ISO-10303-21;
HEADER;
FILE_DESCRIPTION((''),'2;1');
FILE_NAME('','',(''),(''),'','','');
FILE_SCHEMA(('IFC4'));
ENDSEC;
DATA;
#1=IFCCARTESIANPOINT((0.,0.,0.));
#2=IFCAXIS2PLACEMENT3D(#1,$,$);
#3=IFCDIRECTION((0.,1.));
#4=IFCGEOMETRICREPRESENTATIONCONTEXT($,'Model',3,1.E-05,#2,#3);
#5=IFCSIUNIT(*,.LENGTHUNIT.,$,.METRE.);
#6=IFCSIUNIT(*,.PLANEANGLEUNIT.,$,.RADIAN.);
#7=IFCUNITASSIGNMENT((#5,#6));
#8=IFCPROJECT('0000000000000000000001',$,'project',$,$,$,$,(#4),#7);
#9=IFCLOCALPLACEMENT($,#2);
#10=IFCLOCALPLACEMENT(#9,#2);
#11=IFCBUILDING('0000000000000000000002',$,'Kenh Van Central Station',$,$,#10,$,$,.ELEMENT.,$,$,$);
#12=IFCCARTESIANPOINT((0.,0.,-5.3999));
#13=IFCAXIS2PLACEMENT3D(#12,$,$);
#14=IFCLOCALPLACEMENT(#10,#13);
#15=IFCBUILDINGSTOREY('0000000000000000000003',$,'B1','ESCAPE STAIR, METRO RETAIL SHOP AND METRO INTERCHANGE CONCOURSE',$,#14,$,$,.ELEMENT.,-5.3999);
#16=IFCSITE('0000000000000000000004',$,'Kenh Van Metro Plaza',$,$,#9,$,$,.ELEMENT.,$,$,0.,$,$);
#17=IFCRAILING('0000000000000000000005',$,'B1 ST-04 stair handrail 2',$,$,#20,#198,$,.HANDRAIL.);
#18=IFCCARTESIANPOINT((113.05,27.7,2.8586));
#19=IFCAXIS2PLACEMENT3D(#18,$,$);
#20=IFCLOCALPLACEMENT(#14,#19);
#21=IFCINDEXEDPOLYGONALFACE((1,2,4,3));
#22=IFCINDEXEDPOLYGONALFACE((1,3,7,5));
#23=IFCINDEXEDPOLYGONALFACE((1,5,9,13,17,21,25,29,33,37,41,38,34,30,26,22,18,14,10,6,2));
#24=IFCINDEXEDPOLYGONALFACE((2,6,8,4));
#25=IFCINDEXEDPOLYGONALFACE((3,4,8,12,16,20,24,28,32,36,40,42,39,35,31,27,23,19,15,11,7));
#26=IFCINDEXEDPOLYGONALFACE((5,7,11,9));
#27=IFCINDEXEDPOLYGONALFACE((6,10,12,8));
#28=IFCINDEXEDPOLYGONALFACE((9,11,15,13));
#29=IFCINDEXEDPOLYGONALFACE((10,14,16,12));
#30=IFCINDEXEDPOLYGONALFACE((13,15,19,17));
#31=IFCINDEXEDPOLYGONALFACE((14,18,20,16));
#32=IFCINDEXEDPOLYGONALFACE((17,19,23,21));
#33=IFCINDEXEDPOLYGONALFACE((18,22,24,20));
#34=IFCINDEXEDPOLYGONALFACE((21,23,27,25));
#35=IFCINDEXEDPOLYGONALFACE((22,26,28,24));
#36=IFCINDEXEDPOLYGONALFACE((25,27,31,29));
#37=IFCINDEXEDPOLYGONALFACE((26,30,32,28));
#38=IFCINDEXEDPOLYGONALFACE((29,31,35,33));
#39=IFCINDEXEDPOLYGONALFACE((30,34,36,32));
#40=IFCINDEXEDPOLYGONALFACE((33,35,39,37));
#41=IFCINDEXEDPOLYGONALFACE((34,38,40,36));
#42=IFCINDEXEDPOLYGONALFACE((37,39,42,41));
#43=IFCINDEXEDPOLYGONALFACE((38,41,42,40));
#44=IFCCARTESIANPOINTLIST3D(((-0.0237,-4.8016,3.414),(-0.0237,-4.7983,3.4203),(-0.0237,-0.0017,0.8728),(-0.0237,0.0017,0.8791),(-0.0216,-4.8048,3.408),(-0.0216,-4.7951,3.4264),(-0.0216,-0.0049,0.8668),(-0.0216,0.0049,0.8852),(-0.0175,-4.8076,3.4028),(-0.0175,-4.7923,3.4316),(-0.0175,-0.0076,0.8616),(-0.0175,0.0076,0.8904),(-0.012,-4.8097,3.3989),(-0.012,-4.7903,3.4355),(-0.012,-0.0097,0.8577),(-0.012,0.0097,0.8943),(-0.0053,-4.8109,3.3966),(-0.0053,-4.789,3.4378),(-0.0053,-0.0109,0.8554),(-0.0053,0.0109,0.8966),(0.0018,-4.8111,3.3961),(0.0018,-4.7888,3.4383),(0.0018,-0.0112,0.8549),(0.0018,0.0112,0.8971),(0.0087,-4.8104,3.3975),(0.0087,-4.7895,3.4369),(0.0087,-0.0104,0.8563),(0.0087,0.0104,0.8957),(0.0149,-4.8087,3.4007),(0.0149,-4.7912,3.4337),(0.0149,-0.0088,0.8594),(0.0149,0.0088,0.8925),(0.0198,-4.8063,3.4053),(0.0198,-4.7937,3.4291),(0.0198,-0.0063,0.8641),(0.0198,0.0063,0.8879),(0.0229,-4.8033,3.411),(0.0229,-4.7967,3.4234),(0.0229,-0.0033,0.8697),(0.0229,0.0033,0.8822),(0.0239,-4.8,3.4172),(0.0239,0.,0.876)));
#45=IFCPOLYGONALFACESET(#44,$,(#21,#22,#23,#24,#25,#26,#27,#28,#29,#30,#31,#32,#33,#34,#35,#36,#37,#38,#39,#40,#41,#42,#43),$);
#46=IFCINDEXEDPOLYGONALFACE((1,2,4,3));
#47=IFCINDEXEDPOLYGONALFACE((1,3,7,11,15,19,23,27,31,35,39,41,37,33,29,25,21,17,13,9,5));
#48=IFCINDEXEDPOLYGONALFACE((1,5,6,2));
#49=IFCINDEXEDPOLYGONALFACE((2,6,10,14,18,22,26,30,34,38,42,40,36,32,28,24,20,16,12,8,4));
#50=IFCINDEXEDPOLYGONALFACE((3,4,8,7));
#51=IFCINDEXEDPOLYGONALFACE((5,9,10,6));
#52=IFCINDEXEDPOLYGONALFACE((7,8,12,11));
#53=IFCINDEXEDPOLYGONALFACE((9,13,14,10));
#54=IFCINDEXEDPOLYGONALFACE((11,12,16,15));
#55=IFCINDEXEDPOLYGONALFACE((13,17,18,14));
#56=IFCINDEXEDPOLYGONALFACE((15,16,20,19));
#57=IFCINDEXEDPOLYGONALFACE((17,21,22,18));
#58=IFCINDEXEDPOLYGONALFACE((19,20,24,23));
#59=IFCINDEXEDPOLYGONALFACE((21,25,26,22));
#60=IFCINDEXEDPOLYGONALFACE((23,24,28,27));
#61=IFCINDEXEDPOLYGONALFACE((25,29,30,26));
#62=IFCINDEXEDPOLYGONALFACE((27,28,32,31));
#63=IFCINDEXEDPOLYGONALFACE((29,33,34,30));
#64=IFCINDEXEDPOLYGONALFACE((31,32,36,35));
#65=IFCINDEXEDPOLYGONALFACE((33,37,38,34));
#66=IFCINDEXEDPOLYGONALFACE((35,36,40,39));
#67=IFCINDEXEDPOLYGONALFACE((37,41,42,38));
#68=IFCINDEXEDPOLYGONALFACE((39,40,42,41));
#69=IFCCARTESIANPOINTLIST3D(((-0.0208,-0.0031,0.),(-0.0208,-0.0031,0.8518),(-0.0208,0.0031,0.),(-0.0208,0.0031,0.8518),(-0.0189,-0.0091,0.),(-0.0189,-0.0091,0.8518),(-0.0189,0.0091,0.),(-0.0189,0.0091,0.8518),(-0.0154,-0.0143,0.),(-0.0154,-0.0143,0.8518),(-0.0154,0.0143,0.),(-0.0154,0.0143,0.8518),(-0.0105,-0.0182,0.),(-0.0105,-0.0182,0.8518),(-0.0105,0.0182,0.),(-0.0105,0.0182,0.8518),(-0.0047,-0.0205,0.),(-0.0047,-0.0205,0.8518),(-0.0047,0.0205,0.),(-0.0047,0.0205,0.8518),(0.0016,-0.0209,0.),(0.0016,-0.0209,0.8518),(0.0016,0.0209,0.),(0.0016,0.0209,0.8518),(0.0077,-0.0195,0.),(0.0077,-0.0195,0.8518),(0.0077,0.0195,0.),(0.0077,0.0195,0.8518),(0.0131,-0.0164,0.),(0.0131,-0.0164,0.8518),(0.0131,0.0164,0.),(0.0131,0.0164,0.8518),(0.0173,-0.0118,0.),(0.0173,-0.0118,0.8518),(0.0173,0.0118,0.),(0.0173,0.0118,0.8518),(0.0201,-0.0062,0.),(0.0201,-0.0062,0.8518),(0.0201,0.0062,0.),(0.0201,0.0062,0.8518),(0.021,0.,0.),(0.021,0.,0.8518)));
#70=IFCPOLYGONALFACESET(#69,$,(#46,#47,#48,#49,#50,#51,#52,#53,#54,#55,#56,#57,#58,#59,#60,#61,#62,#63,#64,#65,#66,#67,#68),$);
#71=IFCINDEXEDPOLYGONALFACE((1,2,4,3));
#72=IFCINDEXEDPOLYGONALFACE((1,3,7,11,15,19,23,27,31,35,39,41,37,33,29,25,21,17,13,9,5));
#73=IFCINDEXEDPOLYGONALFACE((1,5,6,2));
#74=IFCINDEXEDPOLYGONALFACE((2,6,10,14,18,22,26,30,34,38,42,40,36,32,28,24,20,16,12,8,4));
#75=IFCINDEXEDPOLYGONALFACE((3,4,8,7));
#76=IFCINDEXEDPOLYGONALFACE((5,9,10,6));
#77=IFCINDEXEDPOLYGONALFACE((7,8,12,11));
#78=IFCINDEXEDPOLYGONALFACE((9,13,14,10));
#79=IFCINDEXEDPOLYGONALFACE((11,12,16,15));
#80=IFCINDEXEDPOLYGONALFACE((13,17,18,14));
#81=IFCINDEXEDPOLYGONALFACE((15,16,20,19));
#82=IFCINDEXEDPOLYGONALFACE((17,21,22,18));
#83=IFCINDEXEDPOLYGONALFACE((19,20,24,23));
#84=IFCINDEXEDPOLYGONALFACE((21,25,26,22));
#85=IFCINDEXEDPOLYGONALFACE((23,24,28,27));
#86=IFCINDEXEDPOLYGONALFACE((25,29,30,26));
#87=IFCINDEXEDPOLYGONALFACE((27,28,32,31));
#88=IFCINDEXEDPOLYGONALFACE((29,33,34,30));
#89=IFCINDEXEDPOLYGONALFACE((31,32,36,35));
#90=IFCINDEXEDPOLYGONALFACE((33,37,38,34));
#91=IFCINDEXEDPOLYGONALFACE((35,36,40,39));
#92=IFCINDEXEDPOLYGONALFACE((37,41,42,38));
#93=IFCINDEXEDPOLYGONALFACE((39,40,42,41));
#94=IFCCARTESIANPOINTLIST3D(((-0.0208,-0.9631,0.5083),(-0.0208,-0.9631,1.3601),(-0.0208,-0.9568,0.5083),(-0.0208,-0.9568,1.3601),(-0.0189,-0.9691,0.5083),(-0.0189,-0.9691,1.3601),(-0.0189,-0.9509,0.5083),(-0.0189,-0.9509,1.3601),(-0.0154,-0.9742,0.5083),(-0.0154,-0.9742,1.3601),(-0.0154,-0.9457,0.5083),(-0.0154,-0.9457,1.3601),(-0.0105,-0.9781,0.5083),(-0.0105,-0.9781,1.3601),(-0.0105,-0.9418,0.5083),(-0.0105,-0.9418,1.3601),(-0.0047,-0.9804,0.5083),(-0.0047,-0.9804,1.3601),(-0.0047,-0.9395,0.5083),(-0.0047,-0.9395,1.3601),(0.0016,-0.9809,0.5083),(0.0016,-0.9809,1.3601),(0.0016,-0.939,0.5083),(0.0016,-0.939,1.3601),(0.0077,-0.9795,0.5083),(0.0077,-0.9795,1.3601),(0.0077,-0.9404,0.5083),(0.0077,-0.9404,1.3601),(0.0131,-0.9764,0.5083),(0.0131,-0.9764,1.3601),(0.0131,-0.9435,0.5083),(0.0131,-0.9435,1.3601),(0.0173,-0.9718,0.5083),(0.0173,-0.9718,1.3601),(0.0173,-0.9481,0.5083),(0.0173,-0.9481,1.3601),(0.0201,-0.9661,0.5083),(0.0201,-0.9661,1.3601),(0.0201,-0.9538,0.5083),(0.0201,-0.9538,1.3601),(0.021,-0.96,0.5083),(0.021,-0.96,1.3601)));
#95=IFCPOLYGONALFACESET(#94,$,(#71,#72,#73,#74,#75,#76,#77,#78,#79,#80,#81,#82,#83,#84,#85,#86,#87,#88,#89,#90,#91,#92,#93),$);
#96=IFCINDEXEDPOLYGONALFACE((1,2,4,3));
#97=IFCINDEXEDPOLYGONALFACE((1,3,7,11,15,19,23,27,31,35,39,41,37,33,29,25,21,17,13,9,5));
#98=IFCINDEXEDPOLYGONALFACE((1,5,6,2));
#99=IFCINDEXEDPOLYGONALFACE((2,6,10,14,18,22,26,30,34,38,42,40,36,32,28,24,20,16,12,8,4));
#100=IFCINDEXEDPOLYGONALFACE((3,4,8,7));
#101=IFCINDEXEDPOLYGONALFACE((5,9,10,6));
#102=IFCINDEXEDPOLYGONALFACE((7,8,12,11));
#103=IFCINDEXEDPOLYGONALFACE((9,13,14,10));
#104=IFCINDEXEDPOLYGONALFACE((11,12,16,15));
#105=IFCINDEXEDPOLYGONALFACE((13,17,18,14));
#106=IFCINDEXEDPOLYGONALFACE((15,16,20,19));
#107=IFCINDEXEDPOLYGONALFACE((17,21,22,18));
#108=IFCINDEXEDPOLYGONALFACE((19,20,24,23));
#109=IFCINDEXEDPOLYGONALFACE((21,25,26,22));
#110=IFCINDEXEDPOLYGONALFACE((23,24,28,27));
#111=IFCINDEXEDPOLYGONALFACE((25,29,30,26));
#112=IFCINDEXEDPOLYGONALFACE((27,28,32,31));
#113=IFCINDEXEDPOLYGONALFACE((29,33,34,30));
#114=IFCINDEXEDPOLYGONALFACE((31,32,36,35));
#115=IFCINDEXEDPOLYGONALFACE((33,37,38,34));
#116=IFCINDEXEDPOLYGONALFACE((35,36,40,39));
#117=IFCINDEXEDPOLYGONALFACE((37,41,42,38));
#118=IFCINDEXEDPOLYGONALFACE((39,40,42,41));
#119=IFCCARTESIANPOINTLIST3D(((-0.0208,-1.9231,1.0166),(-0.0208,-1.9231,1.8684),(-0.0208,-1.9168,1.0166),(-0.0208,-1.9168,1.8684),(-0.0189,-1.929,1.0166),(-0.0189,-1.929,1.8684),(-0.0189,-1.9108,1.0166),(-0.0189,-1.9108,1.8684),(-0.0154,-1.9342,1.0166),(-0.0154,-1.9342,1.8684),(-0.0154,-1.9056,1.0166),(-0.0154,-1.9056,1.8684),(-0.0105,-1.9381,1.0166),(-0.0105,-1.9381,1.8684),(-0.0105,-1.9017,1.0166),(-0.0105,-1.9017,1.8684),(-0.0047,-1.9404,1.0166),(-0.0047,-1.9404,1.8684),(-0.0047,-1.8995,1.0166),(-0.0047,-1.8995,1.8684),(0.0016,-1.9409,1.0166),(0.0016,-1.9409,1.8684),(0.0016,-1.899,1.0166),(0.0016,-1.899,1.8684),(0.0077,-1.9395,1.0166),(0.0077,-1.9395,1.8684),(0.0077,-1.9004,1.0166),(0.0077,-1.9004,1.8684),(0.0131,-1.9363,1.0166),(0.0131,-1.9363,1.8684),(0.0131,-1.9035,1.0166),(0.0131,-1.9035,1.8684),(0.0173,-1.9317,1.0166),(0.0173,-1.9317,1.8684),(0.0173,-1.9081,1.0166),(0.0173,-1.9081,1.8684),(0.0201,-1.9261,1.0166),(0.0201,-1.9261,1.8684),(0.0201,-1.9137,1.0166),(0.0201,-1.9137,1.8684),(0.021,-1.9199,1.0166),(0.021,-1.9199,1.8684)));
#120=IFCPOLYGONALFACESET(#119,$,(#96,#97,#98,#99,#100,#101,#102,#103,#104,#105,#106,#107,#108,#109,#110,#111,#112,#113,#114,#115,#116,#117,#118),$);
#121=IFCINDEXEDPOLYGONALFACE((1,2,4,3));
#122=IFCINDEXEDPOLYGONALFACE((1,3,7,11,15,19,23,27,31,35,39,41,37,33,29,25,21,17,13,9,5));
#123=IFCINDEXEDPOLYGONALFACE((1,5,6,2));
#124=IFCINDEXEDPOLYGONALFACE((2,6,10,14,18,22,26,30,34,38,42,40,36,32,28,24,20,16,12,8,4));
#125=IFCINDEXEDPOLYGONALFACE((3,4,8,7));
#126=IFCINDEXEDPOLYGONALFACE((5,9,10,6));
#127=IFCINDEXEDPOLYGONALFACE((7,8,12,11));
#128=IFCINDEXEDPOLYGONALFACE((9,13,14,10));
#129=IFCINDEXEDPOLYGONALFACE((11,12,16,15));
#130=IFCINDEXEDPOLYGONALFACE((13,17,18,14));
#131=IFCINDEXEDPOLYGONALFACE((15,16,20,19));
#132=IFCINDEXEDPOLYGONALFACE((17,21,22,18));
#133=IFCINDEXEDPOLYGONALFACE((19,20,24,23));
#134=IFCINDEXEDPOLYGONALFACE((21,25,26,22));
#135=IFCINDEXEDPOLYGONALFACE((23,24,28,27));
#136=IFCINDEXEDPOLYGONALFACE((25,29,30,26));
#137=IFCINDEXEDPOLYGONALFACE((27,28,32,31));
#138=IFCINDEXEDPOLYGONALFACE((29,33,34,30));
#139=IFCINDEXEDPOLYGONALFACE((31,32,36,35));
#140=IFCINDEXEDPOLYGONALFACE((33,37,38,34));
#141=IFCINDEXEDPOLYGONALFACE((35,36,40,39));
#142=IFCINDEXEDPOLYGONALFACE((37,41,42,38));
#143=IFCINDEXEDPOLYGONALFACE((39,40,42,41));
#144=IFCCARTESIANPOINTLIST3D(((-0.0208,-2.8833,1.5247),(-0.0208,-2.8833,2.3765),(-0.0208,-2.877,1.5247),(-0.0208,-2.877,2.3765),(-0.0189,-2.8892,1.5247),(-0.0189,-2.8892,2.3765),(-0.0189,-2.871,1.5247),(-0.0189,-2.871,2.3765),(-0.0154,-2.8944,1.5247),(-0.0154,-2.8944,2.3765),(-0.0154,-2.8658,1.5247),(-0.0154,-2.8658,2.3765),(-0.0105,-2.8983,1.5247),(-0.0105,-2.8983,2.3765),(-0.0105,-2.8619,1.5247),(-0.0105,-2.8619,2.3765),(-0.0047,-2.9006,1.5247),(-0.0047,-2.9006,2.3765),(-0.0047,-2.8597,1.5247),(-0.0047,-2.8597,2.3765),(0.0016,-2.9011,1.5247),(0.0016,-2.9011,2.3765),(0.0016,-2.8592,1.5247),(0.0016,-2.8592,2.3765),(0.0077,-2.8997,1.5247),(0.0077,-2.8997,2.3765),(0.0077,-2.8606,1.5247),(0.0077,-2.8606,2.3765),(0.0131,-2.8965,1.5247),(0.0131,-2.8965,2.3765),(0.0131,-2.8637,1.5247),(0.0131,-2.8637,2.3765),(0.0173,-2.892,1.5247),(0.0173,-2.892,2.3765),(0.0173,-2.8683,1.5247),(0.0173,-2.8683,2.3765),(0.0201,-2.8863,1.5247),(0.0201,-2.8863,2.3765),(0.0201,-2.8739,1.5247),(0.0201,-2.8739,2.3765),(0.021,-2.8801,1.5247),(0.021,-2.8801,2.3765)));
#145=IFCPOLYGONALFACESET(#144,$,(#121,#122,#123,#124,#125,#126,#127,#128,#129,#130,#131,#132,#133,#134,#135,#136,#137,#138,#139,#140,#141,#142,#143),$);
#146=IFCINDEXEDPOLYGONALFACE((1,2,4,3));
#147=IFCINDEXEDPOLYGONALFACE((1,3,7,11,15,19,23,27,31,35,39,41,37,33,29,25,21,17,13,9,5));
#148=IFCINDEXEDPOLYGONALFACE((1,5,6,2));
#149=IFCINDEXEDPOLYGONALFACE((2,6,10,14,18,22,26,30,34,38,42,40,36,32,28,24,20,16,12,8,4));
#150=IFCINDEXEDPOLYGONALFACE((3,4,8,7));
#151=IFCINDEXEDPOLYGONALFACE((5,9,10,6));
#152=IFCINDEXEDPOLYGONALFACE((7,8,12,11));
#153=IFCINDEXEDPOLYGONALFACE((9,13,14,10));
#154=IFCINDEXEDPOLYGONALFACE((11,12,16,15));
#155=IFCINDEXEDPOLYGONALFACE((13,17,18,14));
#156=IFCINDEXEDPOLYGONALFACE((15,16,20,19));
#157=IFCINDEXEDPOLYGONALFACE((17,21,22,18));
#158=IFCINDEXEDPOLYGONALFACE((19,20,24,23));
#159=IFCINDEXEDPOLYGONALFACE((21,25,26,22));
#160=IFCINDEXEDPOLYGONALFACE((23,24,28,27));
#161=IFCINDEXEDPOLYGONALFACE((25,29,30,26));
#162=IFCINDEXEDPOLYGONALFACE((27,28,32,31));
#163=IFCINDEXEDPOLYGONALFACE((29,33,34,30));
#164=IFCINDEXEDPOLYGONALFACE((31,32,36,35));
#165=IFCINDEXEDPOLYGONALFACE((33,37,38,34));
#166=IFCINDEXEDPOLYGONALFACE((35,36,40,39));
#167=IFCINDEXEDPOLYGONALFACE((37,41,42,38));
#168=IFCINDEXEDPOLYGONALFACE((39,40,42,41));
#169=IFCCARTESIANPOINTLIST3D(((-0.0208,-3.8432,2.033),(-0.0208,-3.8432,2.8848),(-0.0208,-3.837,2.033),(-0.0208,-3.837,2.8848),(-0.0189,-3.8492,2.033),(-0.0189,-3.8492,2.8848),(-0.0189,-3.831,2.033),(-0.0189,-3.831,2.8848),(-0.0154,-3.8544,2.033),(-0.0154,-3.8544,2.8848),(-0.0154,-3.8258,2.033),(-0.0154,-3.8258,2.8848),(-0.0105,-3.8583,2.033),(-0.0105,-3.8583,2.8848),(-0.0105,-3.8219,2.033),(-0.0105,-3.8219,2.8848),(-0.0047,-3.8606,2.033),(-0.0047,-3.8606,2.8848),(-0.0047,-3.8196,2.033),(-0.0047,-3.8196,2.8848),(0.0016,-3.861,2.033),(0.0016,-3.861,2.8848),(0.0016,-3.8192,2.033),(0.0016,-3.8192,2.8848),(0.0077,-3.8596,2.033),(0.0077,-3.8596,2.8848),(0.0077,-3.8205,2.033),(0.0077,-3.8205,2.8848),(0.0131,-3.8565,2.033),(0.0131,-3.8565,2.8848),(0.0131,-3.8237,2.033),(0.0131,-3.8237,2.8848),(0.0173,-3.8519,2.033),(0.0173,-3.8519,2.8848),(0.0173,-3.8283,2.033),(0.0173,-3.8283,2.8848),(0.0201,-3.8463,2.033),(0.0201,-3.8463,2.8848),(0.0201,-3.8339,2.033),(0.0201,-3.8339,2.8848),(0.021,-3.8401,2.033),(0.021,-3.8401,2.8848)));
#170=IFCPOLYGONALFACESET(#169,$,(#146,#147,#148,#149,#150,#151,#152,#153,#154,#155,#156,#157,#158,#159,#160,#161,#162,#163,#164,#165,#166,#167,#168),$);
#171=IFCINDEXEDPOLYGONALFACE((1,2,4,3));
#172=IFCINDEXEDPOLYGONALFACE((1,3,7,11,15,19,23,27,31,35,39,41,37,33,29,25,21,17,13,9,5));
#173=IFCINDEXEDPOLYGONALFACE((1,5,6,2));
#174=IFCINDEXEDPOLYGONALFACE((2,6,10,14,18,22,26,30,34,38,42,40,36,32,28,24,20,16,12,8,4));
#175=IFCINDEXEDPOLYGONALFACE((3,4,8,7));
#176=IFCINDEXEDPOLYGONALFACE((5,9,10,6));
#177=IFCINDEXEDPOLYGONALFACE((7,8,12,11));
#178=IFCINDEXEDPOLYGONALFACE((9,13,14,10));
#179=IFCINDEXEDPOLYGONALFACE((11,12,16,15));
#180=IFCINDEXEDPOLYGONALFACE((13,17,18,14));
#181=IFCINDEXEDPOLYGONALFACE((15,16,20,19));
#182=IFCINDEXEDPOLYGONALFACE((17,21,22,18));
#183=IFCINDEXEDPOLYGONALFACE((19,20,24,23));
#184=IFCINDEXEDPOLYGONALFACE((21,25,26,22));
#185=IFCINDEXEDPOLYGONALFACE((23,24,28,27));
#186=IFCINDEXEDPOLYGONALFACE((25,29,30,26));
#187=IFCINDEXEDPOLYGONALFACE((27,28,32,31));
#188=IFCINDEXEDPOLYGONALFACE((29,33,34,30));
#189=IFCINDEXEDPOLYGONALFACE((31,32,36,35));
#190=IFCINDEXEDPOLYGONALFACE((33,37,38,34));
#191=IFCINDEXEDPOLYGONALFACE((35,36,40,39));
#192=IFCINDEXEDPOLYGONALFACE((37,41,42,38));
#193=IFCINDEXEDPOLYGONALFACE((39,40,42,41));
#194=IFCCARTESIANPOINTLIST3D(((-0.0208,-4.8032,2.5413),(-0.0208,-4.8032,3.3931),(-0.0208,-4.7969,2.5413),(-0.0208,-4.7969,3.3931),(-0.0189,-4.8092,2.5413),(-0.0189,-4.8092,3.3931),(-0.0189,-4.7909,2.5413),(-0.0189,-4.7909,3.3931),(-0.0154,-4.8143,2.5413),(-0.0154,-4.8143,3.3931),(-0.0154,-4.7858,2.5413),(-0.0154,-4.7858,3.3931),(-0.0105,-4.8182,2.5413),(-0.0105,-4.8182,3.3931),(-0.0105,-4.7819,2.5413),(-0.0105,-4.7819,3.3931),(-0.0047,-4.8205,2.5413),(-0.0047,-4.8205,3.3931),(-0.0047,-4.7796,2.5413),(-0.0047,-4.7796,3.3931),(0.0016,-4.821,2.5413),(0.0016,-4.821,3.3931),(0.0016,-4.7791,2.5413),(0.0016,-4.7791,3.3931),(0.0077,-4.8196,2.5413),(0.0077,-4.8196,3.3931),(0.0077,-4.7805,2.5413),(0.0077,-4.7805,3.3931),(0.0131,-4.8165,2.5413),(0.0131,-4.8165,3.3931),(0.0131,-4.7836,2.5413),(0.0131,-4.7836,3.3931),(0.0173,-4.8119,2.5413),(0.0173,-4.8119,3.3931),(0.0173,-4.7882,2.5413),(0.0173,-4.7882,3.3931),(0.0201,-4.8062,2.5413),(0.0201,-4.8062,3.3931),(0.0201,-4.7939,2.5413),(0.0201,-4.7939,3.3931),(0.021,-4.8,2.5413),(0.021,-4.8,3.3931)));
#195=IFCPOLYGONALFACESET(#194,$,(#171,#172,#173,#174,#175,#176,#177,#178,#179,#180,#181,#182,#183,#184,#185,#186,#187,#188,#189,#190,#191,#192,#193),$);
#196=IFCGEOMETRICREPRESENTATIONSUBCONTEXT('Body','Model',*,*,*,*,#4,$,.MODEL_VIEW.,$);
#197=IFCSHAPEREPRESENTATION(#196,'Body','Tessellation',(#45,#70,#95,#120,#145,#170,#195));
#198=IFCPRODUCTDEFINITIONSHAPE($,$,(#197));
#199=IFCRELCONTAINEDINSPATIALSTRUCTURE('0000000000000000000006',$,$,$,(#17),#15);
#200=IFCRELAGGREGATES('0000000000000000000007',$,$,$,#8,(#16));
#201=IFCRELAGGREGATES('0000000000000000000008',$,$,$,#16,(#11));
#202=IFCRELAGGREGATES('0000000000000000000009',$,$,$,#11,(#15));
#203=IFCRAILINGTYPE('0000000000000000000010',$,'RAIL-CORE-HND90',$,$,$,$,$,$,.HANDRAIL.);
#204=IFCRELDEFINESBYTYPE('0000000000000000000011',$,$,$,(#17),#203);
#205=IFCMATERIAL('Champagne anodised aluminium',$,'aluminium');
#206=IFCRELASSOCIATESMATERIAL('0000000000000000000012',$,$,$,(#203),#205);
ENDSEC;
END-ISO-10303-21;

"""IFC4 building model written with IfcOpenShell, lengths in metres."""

from ifc_helpers import new_model, si_unit, direction, frame, origin, origin_2d, place, context, subcontext, project, spatial, circle, extrude, material, type_object, element, save


model = new_model("IFC4")

# Units and contexts
model_context = context("Model", 3, precision=1e-05, world=origin(), true_north=direction((0.0, 1.0)))
body_context = subcontext(model_context, "Body", "Model", "MODEL_VIEW")
ifc_project = project(units=[si_unit("LENGTHUNIT", "METRE"), si_unit("PLANEANGLEUNIT", "RADIAN")], contexts=[model_context])

# Site, building, storey
site_placement = place(None, origin())
site = spatial("IfcSite", under=ifc_project, at=site_placement, Name="Kenh Van Metro Plaza", CompositionType="ELEMENT", RefElevation=0.0)
building_placement = place(site_placement, origin())
building = spatial("IfcBuilding", under=site, at=building_placement, Name="Kenh Van Central Station", CompositionType="ELEMENT")
storey_placement = place(building_placement, frame((0.0, 0.0, -5.3999)))
storey = spatial("IfcBuildingStorey", under=building, at=storey_placement, Name="B1", Description="ESCAPE STAIR, METRO RETAIL SHOP AND METRO INTERCHANGE CONCOURSE", CompositionType="ELEMENT", Elevation=-5.3999)

# Railing
ifc_material_1 = material(Name="Champagne anodised aluminium", Category="aluminium")
railing_type_1 = type_object("IfcRailingType", Name="RAIL-CORE-HND90", PredefinedType="HANDRAIL", material=ifc_material_1)
railing_1_placement = place(storey_placement, frame((113.05, 27.7, 2.8586)))
element("IfcRailing", 1, at=railing_1_placement, inside=storey, type_object=railing_type_1, Name="B1 ST-04 stair handrail 2", PredefinedType="HANDRAIL", context=body_context, shape_type="SweptSolid", body=[
    extrude(circle(Radius=0.0239, at=origin_2d()), frame((0.0, 0.0, 0.876), z_axis=(0.0, -0.883784, 0.467896), x_axis=(1.0, 0.0, 0.0)), (0.0, 0.0, 1.0), 5.4312),
    extrude(circle(Radius=0.021, at=origin_2d()), origin(), (0.0, 0.0, 1.0), 0.8518),
    extrude(circle(Radius=0.021, at=origin_2d()), frame((0.0, -0.96, 0.5083)), (0.0, 0.0, 1.0), 0.8518),
    extrude(circle(Radius=0.021, at=origin_2d()), frame((0.0, -1.9199, 1.0166)), (0.0, 0.0, 1.0), 0.8518),
    extrude(circle(Radius=0.021, at=origin_2d()), frame((0.0, -2.8801, 1.5247)), (0.0, 0.0, 1.0), 0.8518),
    extrude(circle(Radius=0.021, at=origin_2d()), frame((0.0, -3.8401, 2.033)), (0.0, 0.0, 1.0), 0.8518),
    extrude(circle(Radius=0.021, at=origin_2d()), frame((0.0, -4.8, 2.5413)), (0.0, 0.0, 1.0), 0.8518),
])

save(model, "model.ifc")
